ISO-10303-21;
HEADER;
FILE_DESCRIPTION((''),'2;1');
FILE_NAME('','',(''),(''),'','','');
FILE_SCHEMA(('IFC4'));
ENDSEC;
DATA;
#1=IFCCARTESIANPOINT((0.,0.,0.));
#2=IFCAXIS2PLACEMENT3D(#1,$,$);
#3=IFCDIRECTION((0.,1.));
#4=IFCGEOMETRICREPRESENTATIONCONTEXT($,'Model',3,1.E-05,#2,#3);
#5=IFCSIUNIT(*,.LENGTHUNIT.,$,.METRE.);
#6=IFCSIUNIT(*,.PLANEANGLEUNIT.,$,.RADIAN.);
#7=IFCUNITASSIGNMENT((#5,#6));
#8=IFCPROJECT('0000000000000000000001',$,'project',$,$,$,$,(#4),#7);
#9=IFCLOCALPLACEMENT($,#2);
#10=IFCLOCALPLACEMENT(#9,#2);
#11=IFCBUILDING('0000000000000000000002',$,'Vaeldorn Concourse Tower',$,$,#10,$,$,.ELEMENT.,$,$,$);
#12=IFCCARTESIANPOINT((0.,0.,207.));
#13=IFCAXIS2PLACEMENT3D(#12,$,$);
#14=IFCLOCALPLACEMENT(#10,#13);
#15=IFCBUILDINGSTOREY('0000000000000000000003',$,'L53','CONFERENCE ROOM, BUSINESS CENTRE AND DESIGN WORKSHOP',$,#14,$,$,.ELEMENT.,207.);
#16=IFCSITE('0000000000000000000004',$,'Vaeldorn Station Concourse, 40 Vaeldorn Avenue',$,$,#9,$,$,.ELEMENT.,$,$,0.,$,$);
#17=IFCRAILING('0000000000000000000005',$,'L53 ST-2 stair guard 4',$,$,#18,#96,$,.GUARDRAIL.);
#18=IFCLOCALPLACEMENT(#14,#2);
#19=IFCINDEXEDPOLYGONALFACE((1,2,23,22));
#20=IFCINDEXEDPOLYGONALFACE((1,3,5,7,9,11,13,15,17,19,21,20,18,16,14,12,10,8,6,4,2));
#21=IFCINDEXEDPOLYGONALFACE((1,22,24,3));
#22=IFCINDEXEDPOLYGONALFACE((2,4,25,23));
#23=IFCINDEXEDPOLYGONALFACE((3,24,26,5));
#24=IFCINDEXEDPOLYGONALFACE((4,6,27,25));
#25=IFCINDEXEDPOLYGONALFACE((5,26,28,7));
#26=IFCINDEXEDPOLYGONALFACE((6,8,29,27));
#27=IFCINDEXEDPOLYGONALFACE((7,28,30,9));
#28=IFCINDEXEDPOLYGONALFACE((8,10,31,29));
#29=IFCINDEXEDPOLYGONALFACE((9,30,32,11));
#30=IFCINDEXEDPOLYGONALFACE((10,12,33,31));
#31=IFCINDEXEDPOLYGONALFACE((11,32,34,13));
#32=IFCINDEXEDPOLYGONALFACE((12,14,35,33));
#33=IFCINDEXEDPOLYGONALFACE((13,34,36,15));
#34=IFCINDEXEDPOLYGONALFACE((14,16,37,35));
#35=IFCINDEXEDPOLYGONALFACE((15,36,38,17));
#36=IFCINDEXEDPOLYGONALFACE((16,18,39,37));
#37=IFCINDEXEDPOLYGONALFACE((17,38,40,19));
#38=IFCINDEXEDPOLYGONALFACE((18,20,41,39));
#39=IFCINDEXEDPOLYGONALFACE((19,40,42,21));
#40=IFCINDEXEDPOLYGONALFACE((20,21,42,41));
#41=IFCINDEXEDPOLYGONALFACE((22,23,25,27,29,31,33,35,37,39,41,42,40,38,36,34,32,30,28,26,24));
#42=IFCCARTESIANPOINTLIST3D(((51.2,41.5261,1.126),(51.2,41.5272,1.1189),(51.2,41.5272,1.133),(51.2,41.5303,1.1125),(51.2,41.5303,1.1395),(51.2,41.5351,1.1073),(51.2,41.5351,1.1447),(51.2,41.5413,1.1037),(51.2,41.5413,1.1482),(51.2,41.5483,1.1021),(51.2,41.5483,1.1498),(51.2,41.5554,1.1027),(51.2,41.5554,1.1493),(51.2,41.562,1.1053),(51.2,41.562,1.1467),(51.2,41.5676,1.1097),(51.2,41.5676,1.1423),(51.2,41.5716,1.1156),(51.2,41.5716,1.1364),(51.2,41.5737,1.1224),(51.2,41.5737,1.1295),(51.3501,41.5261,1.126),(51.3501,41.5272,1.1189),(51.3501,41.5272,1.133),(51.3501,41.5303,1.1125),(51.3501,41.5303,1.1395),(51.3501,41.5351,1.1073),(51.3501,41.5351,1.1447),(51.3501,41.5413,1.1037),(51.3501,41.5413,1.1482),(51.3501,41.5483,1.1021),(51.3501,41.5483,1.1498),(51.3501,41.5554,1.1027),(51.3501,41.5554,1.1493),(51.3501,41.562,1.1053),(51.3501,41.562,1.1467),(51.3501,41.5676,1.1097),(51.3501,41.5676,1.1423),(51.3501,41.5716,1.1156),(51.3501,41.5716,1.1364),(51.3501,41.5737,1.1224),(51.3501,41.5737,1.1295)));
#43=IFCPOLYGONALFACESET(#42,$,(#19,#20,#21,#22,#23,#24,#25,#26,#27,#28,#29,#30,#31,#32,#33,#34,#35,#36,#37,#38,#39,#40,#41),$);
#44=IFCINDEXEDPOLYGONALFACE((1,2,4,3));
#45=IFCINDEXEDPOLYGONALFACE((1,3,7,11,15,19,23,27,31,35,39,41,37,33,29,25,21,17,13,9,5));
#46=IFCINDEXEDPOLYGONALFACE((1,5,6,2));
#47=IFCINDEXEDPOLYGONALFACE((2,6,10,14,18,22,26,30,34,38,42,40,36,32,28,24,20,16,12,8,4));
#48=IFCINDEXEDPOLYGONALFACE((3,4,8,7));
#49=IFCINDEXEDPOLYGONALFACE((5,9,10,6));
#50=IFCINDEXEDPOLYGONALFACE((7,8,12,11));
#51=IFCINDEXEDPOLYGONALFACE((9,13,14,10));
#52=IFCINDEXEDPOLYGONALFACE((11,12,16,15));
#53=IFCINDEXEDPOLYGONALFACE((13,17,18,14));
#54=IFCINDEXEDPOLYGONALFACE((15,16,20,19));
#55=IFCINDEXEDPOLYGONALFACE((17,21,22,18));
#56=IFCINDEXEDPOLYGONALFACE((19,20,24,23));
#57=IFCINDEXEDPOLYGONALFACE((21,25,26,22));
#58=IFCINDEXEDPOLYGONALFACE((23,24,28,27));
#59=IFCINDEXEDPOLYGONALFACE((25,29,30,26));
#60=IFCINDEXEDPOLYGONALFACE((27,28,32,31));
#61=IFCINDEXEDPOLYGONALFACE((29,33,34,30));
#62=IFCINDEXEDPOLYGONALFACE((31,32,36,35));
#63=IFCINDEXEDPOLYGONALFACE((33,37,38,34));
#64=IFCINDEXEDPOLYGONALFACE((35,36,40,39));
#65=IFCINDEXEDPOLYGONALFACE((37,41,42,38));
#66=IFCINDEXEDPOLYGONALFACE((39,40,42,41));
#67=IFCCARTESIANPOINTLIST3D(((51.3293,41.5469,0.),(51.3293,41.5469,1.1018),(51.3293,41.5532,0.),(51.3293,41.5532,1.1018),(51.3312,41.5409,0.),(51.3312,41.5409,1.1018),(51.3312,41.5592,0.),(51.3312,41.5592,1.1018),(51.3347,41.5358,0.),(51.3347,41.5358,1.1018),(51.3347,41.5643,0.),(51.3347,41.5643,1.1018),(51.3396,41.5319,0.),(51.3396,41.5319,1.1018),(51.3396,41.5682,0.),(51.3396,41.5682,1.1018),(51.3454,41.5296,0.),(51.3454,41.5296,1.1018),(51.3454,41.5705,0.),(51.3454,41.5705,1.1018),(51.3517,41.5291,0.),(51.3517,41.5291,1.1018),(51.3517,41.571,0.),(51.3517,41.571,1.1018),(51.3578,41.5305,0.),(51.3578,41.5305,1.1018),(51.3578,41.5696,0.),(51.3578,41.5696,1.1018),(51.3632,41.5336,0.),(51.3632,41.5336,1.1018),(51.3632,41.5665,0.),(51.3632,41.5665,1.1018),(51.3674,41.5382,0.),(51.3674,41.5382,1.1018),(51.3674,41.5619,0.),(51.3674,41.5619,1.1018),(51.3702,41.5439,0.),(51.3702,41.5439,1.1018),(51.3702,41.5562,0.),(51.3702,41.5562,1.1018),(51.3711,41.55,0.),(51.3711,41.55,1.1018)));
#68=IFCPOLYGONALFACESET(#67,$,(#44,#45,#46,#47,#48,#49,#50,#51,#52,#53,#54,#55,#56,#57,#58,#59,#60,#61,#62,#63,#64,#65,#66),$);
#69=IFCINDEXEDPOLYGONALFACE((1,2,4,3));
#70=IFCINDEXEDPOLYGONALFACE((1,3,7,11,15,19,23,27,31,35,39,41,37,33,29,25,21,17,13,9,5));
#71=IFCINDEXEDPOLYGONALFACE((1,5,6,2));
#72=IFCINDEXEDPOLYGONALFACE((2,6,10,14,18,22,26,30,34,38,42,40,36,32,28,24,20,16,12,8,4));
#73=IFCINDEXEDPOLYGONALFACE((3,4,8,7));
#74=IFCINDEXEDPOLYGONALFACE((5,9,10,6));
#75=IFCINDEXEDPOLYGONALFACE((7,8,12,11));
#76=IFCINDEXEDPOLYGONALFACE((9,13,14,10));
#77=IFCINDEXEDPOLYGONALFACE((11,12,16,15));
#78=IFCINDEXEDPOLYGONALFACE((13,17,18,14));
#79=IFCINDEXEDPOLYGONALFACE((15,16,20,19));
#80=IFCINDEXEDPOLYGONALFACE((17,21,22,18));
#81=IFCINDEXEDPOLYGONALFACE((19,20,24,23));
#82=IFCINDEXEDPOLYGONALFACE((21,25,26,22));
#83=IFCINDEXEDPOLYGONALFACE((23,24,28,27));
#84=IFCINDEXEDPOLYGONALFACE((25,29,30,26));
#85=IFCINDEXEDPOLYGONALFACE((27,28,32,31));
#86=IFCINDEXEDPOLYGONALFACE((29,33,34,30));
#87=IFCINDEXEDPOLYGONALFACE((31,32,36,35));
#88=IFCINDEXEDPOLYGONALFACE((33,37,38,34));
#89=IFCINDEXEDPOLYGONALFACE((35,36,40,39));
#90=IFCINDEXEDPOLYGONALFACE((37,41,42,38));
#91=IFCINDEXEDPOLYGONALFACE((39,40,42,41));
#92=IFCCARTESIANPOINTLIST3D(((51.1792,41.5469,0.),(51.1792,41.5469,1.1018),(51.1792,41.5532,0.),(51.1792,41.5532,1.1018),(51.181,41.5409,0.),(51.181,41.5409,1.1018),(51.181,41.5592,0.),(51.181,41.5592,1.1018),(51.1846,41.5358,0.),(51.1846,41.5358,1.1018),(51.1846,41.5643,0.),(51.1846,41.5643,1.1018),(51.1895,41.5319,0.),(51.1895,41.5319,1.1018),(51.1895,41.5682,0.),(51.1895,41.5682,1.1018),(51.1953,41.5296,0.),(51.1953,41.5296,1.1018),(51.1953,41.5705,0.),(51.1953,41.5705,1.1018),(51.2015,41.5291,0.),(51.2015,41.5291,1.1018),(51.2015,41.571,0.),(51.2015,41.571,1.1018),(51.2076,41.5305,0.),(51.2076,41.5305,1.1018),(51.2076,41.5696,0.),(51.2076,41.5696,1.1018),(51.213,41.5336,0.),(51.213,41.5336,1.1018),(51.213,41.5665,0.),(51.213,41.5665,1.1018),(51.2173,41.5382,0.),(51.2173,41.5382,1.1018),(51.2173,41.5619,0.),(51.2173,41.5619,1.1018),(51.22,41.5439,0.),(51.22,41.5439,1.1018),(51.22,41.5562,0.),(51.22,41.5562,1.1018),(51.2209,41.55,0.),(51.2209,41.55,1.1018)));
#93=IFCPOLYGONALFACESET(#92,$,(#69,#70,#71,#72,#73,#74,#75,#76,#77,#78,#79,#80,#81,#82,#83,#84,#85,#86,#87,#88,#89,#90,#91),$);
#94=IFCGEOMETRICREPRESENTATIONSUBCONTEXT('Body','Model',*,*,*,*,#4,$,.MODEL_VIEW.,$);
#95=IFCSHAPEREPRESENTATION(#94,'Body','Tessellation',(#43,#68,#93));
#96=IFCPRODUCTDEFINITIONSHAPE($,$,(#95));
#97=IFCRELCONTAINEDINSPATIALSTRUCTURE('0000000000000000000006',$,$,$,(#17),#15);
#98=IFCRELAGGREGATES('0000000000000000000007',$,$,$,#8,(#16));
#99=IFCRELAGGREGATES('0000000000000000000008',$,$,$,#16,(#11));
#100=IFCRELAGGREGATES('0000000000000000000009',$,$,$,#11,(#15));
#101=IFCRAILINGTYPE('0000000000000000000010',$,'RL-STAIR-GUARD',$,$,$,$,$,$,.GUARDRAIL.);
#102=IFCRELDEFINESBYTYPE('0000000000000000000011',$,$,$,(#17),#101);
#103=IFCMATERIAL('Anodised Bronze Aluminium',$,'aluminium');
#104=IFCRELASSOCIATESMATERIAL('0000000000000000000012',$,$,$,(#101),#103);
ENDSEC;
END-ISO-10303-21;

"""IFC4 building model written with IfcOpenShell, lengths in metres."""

from ifc_helpers import new_model, si_unit, direction, frame, origin, origin_2d, place, context, subcontext, project, spatial, circle, extrude, material, type_object, element, save


model = new_model("IFC4")

# Units and contexts
model_context = context("Model", 3, precision=1e-05, world=origin(), true_north=direction((0.0, 1.0)))
body_context = subcontext(model_context, "Body", "Model", "MODEL_VIEW")
ifc_project = project(units=[si_unit("LENGTHUNIT", "METRE"), si_unit("PLANEANGLEUNIT", "RADIAN")], contexts=[model_context])

# Site, building, storey
site_placement = place(None, origin())
site = spatial("IfcSite", under=ifc_project, at=site_placement, Name="Vaeldorn Station Concourse, 40 Vaeldorn Avenue", CompositionType="ELEMENT", RefElevation=0.0)
building_placement = place(site_placement, origin())
building = spatial("IfcBuilding", under=site, at=building_placement, Name="Vaeldorn Concourse Tower", CompositionType="ELEMENT")
storey_placement = place(building_placement, frame((0.0, 0.0, 207.0)))
storey = spatial("IfcBuildingStorey", under=building, at=storey_placement, Name="L53", Description="CONFERENCE ROOM, BUSINESS CENTRE AND DESIGN WORKSHOP", CompositionType="ELEMENT", Elevation=207.0)

# Shared definitions
ifc_material_1 = material(Name="Anodised Bronze Aluminium", Category="aluminium")

# Railing
railing_type_1 = type_object("IfcRailingType", Name="RL-STAIR-GUARD", PredefinedType="GUARDRAIL", material=ifc_material_1)
railing_1_placement = place(storey_placement, frame((51.3501, 41.55, 0.0)))
element("IfcRailing", 1, at=railing_1_placement, inside=storey, type_object=railing_type_1, Name="L53 ST-2 stair guard 4", PredefinedType="GUARDRAIL", context=body_context, shape_type="SweptSolid", body=[
    extrude(circle(Radius=0.0239, at=origin_2d()), frame((0.0, 0.0, 1.126), z_axis=(-1.0, 0.0, 0.0), x_axis=(0.0, -1.0, 0.0)), (0.0, 0.0, 1.0), 0.1501),
    extrude(circle(Radius=0.021, at=origin_2d()), origin(), (0.0, 0.0, 1.0), 1.1018),
    extrude(circle(Radius=0.021, at=origin_2d()), frame((-0.1501, 0.0, 0.0)), (0.0, 0.0, 1.0), 1.1018),
])

save(model, "model.ifc")
